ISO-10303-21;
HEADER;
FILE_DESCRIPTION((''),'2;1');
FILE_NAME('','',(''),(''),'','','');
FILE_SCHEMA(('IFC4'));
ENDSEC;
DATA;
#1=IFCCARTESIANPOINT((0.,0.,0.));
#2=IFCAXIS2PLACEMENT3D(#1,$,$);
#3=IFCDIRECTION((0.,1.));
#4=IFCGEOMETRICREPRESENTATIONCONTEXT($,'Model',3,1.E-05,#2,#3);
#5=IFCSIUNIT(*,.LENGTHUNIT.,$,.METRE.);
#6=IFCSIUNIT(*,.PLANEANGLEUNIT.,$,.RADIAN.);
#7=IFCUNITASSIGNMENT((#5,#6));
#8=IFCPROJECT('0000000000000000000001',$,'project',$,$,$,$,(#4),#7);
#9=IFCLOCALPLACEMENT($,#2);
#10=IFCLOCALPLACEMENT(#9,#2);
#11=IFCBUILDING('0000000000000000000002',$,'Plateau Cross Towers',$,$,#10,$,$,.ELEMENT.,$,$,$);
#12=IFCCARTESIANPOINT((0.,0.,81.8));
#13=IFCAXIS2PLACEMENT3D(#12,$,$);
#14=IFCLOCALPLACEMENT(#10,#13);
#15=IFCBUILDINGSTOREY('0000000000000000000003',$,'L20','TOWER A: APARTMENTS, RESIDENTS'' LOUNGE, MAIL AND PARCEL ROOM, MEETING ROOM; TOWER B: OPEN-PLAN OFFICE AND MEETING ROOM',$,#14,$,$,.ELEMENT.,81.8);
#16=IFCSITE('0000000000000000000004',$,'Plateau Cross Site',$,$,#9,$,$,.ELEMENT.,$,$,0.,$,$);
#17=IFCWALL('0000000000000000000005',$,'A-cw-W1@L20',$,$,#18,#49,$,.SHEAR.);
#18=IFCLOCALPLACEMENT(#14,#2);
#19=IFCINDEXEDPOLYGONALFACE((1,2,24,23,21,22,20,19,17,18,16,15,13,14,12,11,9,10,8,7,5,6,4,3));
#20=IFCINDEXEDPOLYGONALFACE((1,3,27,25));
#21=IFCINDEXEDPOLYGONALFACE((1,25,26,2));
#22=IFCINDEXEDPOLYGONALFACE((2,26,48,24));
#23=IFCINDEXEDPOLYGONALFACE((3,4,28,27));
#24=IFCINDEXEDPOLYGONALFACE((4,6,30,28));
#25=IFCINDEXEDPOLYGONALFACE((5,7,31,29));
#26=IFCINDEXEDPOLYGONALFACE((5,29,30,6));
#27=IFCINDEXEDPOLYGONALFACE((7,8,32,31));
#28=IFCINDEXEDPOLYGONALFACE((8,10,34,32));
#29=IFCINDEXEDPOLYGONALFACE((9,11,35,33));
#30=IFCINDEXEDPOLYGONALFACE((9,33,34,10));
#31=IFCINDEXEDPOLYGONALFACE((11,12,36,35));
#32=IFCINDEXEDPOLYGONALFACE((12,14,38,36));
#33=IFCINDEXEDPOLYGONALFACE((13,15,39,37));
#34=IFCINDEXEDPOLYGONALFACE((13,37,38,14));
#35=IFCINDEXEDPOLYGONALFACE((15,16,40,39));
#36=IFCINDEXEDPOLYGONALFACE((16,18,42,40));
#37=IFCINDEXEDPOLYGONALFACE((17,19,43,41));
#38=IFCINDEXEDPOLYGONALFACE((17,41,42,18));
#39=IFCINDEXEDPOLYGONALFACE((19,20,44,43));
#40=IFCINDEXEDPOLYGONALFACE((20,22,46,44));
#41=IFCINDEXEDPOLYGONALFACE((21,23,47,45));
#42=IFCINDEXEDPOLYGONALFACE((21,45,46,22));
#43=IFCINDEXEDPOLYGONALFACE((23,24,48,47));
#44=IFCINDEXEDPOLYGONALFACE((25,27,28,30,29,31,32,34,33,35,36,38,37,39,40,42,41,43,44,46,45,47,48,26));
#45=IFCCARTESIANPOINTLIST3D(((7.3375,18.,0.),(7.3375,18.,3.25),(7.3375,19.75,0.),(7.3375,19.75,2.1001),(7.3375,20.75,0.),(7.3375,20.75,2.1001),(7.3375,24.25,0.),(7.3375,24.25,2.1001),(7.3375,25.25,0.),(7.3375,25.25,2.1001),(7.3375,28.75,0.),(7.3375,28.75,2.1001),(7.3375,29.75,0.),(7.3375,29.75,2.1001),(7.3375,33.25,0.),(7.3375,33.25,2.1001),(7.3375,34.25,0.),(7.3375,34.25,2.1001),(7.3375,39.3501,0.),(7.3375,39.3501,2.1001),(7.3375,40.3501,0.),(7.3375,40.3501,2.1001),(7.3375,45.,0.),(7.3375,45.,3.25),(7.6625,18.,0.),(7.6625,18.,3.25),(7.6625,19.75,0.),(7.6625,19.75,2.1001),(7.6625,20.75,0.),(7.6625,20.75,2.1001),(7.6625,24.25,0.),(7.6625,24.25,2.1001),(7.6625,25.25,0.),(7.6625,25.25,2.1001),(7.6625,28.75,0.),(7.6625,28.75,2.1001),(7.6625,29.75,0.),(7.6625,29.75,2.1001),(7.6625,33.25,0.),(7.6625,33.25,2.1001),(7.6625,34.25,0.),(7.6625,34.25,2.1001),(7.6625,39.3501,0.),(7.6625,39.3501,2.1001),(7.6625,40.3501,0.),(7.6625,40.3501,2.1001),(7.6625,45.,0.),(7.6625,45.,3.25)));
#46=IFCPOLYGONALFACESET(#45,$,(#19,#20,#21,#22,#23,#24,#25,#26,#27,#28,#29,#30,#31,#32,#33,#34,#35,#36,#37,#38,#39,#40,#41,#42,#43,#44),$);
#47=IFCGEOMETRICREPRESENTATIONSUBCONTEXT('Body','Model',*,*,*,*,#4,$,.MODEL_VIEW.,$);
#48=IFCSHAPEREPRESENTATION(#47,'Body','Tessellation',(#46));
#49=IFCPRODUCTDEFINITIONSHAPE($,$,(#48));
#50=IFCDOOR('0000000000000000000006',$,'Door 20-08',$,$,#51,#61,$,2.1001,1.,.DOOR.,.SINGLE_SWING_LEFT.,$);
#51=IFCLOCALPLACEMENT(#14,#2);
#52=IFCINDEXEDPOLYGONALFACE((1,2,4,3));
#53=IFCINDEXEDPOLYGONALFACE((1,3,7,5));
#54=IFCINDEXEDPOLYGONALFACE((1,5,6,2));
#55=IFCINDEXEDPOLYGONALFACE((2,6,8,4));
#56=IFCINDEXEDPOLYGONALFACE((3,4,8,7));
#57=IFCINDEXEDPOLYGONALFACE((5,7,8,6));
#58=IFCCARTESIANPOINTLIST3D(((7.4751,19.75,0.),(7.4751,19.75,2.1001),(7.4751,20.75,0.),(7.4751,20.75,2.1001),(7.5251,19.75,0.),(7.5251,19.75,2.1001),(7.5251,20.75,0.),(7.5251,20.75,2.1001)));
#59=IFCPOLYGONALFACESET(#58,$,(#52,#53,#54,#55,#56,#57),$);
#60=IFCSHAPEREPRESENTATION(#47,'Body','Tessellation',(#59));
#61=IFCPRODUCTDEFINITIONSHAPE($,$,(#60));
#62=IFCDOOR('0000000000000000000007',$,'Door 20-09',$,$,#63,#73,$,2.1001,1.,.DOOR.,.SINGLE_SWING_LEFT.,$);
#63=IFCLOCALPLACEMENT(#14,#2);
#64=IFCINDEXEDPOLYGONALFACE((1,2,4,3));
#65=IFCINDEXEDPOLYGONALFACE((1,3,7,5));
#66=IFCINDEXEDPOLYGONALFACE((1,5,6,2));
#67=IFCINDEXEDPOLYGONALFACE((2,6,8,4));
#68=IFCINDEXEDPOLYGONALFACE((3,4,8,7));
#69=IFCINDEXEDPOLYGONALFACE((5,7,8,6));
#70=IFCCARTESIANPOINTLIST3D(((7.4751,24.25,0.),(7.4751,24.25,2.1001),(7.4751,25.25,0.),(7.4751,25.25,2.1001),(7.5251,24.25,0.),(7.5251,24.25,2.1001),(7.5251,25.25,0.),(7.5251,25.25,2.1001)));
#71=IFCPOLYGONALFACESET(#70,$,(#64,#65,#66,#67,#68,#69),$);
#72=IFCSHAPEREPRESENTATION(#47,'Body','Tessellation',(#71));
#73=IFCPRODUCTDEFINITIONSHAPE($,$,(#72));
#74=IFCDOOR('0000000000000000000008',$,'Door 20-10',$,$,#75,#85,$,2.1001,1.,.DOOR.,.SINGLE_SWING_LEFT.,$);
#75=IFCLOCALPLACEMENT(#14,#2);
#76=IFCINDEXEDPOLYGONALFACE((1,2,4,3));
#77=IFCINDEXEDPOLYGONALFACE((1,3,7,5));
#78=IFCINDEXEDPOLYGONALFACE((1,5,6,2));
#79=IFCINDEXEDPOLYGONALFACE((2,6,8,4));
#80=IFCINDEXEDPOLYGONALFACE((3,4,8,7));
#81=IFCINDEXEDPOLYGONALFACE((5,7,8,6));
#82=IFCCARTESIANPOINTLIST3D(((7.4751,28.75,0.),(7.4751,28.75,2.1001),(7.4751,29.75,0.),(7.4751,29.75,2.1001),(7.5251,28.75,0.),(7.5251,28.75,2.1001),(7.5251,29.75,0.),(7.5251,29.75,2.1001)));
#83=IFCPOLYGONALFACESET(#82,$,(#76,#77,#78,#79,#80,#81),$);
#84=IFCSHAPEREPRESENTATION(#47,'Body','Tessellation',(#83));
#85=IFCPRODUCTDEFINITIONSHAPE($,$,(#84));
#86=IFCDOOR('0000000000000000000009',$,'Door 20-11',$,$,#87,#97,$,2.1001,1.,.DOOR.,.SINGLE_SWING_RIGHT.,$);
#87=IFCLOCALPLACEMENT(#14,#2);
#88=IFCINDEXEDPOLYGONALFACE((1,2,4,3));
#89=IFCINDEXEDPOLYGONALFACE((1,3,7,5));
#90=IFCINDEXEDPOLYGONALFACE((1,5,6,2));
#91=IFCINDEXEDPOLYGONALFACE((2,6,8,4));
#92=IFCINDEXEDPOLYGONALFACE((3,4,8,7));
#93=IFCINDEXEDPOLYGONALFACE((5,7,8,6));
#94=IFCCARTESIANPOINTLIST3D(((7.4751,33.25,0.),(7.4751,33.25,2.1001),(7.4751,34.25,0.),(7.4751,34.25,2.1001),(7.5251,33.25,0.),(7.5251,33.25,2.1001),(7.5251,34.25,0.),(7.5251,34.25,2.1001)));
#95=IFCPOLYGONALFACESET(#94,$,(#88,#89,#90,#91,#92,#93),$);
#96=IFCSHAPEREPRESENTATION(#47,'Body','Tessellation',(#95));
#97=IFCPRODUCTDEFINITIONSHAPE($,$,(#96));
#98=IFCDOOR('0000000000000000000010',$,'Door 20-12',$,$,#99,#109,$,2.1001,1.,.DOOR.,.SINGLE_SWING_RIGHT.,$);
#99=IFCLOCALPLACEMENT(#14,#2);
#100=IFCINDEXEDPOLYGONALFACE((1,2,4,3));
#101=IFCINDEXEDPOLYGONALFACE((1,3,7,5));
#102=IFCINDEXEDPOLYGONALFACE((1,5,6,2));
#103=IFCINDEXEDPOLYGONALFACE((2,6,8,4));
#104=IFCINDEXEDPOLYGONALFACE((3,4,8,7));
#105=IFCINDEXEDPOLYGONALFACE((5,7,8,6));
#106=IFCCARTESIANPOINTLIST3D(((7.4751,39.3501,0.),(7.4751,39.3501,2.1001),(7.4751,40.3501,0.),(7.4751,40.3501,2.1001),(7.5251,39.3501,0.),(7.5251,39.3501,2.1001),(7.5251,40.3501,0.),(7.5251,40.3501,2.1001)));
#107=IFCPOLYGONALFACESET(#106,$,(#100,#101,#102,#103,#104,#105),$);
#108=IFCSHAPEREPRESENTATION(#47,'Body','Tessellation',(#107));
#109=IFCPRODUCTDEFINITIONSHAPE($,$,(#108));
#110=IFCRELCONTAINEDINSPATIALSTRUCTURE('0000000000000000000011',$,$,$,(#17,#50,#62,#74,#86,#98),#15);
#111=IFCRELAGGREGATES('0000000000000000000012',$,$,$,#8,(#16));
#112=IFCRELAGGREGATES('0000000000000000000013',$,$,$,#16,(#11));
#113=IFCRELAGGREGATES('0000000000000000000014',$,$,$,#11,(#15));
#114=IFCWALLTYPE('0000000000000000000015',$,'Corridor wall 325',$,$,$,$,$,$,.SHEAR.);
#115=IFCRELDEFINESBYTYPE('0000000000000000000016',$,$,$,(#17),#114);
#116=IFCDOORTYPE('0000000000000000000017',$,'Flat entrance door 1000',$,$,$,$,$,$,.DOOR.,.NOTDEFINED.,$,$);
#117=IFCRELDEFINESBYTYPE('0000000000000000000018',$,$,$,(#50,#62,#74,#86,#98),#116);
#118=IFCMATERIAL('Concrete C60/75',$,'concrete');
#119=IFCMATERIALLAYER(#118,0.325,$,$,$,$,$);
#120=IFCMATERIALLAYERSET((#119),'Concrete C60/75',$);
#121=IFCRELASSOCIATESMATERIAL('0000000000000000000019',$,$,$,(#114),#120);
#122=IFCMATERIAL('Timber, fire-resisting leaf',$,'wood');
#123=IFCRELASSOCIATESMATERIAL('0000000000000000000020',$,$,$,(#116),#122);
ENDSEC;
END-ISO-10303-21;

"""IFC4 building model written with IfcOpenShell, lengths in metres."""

from ifc_helpers import new_model, si_unit, direction, frame, frame_2d, origin, place, context, subcontext, project, spatial, rectangle, extrude, material, layer, layer_set, type_object, element, fill, save


model = new_model("IFC4")

# Units and contexts
model_context = context("Model", 3, precision=1e-05, world=origin(), true_north=direction((0.0, 1.0)))
body_context = subcontext(model_context, "Body", "Model", "MODEL_VIEW")
ifc_project = project(units=[si_unit("LENGTHUNIT", "METRE"), si_unit("PLANEANGLEUNIT", "RADIAN")], contexts=[model_context])

# Site, building, storey
site_placement = place(None, origin())
site = spatial("IfcSite", under=ifc_project, at=site_placement, Name="Plateau Cross Site", CompositionType="ELEMENT", RefElevation=0.0)
building_placement = place(site_placement, origin())
building = spatial("IfcBuilding", under=site, at=building_placement, Name="Plateau Cross Towers", CompositionType="ELEMENT")
storey_placement = place(building_placement, frame((0.0, 0.0, 81.8)))
storey = spatial("IfcBuildingStorey", under=building, at=storey_placement, Name="L20", Description="TOWER A: APARTMENTS, RESIDENTS' LOUNGE, MAIL AND PARCEL ROOM, MEETING ROOM; TOWER B: OPEN-PLAN OFFICE AND MEETING ROOM", CompositionType="ELEMENT", Elevation=81.8)

# Shared definitions
ifc_material_1 = material(Name="Concrete C60/75", Category="concrete")

# Shared definitions
ifc_material_2 = material(Name="Timber, fire-resisting leaf", Category="wood")

# Wall, openings, doors
ifc_layer_1 = layer(ifc_material_1, 0.325)
ifc_layer_set_1 = layer_set([ifc_layer_1], Name="Concrete C60/75")
wall_type_1 = type_object("IfcWallType", Name="Corridor wall 325", PredefinedType="SHEAR", material=ifc_layer_set_1)
wall_1_placement = place(storey_placement, frame((7.5, 18.0, 0.0), z_axis=(0.0, 0.0, 1.0), x_axis=(0.0, 1.0, 0.0)))
wall_1 = element("IfcWall", 1, at=wall_1_placement, inside=storey, type_object=wall_type_1, Name="A-cw-W1@L20", PredefinedType="SHEAR", context=body_context, shape_type="SweptSolid", body=[
    extrude(rectangle(XDim=27.0, YDim=0.325, at=frame_2d((13.5, 0.0))), origin(), (0.0, 0.0, 1.0), 3.25),
])
opening_1_placement = place(wall_1_placement, frame((1.75, 0.0, 0.0)))
opening_1 = element("IfcOpeningElement", 2, at=opening_1_placement, cuts=wall_1, PredefinedType="OPENING", context=body_context, shape_type="SweptSolid", body=[
    extrude(rectangle(XDim=1.0, YDim=2.1001, at=frame_2d((0.5, 1.05))), frame((0.0, 0.1724, 0.0), z_axis=(0.0, -1.0, 0.0), x_axis=(1.0, 0.0, 0.0)), (0.0, 0.0, 1.0), 0.345),
])
opening_2_placement = place(wall_1_placement, frame((6.25, 0.0, 0.0)))
opening_2 = element("IfcOpeningElement", 3, at=opening_2_placement, cuts=wall_1, PredefinedType="OPENING", context=body_context, shape_type="SweptSolid", body=[
    extrude(rectangle(XDim=1.0, YDim=2.1001, at=frame_2d((0.5, 1.05))), frame((0.0, 0.1724, 0.0), z_axis=(0.0, -1.0, 0.0), x_axis=(1.0, 0.0, 0.0)), (0.0, 0.0, 1.0), 0.345),
])
opening_3_placement = place(wall_1_placement, frame((10.75, 0.0, 0.0)))
opening_3 = element("IfcOpeningElement", 4, at=opening_3_placement, cuts=wall_1, PredefinedType="OPENING", context=body_context, shape_type="SweptSolid", body=[
    extrude(rectangle(XDim=1.0, YDim=2.1001, at=frame_2d((0.5, 1.05))), frame((0.0, 0.1724, 0.0), z_axis=(0.0, -1.0, 0.0), x_axis=(1.0, 0.0, 0.0)), (0.0, 0.0, 1.0), 0.345),
])
opening_4_placement = place(wall_1_placement, frame((15.25, 0.0, 0.0)))
opening_4 = element("IfcOpeningElement", 5, at=opening_4_placement, cuts=wall_1, PredefinedType="OPENING", context=body_context, shape_type="SweptSolid", body=[
    extrude(rectangle(XDim=1.0, YDim=2.1001, at=frame_2d((0.5, 1.05))), frame((0.0, 0.1724, 0.0), z_axis=(0.0, -1.0, 0.0), x_axis=(1.0, 0.0, 0.0)), (0.0, 0.0, 1.0), 0.345),
])
opening_5_placement = place(wall_1_placement, frame((21.3501, 0.0, 0.0)))
opening_5 = element("IfcOpeningElement", 6, at=opening_5_placement, cuts=wall_1, PredefinedType="OPENING", context=body_context, shape_type="SweptSolid", body=[
    extrude(rectangle(XDim=1.0, YDim=2.1001, at=frame_2d((0.5, 1.05))), frame((0.0, 0.1724, 0.0), z_axis=(0.0, -1.0, 0.0), x_axis=(1.0, 0.0, 0.0)), (0.0, 0.0, 1.0), 0.345),
])
door_type_1 = type_object("IfcDoorType", Name="Flat entrance door 1000", OperationType="NOTDEFINED", PredefinedType="DOOR", material=ifc_material_2)
door_1_placement = place(opening_1_placement, origin())
door_1 = element("IfcDoor", 7, at=door_1_placement, inside=storey, type_object=door_type_1, Name="Door 20-08", OperationType="SINGLE_SWING_LEFT", OverallHeight=2.1001, OverallWidth=1.0, PredefinedType="DOOR", context=body_context, shape_type="SweptSolid", body=[
    extrude(rectangle(XDim=1.0, YDim=2.1001, at=frame_2d((0.5, 1.05))), frame((0.0, 0.0249, 0.0), z_axis=(0.0, -1.0, 0.0), x_axis=(1.0, 0.0, 0.0)), (0.0, 0.0, 1.0), 0.05),
])
fill(opening_1, door_1)
door_2_placement = place(opening_2_placement, origin())
door_2 = element("IfcDoor", 8, at=door_2_placement, inside=storey, type_object=door_type_1, Name="Door 20-09", OperationType="SINGLE_SWING_LEFT", OverallHeight=2.1001, OverallWidth=1.0, PredefinedType="DOOR", context=body_context, shape_type="SweptSolid", body=[
    extrude(rectangle(XDim=1.0, YDim=2.1001, at=frame_2d((0.5, 1.05))), frame((0.0, 0.0249, 0.0), z_axis=(0.0, -1.0, 0.0), x_axis=(1.0, 0.0, 0.0)), (0.0, 0.0, 1.0), 0.05),
])
fill(opening_2, door_2)
door_3_placement = place(opening_3_placement, origin())
door_3 = element("IfcDoor", 9, at=door_3_placement, inside=storey, type_object=door_type_1, Name="Door 20-10", OperationType="SINGLE_SWING_LEFT", OverallHeight=2.1001, OverallWidth=1.0, PredefinedType="DOOR", context=body_context, shape_type="SweptSolid", body=[
    extrude(rectangle(XDim=1.0, YDim=2.1001, at=frame_2d((0.5, 1.05))), frame((0.0, 0.0249, 0.0), z_axis=(0.0, -1.0, 0.0), x_axis=(1.0, 0.0, 0.0)), (0.0, 0.0, 1.0), 0.05),
])
fill(opening_3, door_3)
door_4_placement = place(opening_4_placement, origin())
door_4 = element("IfcDoor", 10, at=door_4_placement, inside=storey, type_object=door_type_1, Name="Door 20-11", OperationType="SINGLE_SWING_RIGHT", OverallHeight=2.1001, OverallWidth=1.0, PredefinedType="DOOR", context=body_context, shape_type="SweptSolid", body=[
    extrude(rectangle(XDim=1.0, YDim=2.1001, at=frame_2d((0.5, 1.05))), frame((0.0, 0.0249, 0.0), z_axis=(0.0, -1.0, 0.0), x_axis=(1.0, 0.0, 0.0)), (0.0, 0.0, 1.0), 0.05),
])
fill(opening_4, door_4)
door_5_placement = place(opening_5_placement, origin())
door_5 = element("IfcDoor", 11, at=door_5_placement, inside=storey, type_object=door_type_1, Name="Door 20-12", OperationType="SINGLE_SWING_RIGHT", OverallHeight=2.1001, OverallWidth=1.0, PredefinedType="DOOR", context=body_context, shape_type="SweptSolid", body=[
    extrude(rectangle(XDim=1.0, YDim=2.1001, at=frame_2d((0.5, 1.05))), frame((0.0, 0.0249, 0.0), z_axis=(0.0, -1.0, 0.0), x_axis=(1.0, 0.0, 0.0)), (0.0, 0.0, 1.0), 0.05),
])
fill(opening_5, door_5)

save(model, "model.ifc")
